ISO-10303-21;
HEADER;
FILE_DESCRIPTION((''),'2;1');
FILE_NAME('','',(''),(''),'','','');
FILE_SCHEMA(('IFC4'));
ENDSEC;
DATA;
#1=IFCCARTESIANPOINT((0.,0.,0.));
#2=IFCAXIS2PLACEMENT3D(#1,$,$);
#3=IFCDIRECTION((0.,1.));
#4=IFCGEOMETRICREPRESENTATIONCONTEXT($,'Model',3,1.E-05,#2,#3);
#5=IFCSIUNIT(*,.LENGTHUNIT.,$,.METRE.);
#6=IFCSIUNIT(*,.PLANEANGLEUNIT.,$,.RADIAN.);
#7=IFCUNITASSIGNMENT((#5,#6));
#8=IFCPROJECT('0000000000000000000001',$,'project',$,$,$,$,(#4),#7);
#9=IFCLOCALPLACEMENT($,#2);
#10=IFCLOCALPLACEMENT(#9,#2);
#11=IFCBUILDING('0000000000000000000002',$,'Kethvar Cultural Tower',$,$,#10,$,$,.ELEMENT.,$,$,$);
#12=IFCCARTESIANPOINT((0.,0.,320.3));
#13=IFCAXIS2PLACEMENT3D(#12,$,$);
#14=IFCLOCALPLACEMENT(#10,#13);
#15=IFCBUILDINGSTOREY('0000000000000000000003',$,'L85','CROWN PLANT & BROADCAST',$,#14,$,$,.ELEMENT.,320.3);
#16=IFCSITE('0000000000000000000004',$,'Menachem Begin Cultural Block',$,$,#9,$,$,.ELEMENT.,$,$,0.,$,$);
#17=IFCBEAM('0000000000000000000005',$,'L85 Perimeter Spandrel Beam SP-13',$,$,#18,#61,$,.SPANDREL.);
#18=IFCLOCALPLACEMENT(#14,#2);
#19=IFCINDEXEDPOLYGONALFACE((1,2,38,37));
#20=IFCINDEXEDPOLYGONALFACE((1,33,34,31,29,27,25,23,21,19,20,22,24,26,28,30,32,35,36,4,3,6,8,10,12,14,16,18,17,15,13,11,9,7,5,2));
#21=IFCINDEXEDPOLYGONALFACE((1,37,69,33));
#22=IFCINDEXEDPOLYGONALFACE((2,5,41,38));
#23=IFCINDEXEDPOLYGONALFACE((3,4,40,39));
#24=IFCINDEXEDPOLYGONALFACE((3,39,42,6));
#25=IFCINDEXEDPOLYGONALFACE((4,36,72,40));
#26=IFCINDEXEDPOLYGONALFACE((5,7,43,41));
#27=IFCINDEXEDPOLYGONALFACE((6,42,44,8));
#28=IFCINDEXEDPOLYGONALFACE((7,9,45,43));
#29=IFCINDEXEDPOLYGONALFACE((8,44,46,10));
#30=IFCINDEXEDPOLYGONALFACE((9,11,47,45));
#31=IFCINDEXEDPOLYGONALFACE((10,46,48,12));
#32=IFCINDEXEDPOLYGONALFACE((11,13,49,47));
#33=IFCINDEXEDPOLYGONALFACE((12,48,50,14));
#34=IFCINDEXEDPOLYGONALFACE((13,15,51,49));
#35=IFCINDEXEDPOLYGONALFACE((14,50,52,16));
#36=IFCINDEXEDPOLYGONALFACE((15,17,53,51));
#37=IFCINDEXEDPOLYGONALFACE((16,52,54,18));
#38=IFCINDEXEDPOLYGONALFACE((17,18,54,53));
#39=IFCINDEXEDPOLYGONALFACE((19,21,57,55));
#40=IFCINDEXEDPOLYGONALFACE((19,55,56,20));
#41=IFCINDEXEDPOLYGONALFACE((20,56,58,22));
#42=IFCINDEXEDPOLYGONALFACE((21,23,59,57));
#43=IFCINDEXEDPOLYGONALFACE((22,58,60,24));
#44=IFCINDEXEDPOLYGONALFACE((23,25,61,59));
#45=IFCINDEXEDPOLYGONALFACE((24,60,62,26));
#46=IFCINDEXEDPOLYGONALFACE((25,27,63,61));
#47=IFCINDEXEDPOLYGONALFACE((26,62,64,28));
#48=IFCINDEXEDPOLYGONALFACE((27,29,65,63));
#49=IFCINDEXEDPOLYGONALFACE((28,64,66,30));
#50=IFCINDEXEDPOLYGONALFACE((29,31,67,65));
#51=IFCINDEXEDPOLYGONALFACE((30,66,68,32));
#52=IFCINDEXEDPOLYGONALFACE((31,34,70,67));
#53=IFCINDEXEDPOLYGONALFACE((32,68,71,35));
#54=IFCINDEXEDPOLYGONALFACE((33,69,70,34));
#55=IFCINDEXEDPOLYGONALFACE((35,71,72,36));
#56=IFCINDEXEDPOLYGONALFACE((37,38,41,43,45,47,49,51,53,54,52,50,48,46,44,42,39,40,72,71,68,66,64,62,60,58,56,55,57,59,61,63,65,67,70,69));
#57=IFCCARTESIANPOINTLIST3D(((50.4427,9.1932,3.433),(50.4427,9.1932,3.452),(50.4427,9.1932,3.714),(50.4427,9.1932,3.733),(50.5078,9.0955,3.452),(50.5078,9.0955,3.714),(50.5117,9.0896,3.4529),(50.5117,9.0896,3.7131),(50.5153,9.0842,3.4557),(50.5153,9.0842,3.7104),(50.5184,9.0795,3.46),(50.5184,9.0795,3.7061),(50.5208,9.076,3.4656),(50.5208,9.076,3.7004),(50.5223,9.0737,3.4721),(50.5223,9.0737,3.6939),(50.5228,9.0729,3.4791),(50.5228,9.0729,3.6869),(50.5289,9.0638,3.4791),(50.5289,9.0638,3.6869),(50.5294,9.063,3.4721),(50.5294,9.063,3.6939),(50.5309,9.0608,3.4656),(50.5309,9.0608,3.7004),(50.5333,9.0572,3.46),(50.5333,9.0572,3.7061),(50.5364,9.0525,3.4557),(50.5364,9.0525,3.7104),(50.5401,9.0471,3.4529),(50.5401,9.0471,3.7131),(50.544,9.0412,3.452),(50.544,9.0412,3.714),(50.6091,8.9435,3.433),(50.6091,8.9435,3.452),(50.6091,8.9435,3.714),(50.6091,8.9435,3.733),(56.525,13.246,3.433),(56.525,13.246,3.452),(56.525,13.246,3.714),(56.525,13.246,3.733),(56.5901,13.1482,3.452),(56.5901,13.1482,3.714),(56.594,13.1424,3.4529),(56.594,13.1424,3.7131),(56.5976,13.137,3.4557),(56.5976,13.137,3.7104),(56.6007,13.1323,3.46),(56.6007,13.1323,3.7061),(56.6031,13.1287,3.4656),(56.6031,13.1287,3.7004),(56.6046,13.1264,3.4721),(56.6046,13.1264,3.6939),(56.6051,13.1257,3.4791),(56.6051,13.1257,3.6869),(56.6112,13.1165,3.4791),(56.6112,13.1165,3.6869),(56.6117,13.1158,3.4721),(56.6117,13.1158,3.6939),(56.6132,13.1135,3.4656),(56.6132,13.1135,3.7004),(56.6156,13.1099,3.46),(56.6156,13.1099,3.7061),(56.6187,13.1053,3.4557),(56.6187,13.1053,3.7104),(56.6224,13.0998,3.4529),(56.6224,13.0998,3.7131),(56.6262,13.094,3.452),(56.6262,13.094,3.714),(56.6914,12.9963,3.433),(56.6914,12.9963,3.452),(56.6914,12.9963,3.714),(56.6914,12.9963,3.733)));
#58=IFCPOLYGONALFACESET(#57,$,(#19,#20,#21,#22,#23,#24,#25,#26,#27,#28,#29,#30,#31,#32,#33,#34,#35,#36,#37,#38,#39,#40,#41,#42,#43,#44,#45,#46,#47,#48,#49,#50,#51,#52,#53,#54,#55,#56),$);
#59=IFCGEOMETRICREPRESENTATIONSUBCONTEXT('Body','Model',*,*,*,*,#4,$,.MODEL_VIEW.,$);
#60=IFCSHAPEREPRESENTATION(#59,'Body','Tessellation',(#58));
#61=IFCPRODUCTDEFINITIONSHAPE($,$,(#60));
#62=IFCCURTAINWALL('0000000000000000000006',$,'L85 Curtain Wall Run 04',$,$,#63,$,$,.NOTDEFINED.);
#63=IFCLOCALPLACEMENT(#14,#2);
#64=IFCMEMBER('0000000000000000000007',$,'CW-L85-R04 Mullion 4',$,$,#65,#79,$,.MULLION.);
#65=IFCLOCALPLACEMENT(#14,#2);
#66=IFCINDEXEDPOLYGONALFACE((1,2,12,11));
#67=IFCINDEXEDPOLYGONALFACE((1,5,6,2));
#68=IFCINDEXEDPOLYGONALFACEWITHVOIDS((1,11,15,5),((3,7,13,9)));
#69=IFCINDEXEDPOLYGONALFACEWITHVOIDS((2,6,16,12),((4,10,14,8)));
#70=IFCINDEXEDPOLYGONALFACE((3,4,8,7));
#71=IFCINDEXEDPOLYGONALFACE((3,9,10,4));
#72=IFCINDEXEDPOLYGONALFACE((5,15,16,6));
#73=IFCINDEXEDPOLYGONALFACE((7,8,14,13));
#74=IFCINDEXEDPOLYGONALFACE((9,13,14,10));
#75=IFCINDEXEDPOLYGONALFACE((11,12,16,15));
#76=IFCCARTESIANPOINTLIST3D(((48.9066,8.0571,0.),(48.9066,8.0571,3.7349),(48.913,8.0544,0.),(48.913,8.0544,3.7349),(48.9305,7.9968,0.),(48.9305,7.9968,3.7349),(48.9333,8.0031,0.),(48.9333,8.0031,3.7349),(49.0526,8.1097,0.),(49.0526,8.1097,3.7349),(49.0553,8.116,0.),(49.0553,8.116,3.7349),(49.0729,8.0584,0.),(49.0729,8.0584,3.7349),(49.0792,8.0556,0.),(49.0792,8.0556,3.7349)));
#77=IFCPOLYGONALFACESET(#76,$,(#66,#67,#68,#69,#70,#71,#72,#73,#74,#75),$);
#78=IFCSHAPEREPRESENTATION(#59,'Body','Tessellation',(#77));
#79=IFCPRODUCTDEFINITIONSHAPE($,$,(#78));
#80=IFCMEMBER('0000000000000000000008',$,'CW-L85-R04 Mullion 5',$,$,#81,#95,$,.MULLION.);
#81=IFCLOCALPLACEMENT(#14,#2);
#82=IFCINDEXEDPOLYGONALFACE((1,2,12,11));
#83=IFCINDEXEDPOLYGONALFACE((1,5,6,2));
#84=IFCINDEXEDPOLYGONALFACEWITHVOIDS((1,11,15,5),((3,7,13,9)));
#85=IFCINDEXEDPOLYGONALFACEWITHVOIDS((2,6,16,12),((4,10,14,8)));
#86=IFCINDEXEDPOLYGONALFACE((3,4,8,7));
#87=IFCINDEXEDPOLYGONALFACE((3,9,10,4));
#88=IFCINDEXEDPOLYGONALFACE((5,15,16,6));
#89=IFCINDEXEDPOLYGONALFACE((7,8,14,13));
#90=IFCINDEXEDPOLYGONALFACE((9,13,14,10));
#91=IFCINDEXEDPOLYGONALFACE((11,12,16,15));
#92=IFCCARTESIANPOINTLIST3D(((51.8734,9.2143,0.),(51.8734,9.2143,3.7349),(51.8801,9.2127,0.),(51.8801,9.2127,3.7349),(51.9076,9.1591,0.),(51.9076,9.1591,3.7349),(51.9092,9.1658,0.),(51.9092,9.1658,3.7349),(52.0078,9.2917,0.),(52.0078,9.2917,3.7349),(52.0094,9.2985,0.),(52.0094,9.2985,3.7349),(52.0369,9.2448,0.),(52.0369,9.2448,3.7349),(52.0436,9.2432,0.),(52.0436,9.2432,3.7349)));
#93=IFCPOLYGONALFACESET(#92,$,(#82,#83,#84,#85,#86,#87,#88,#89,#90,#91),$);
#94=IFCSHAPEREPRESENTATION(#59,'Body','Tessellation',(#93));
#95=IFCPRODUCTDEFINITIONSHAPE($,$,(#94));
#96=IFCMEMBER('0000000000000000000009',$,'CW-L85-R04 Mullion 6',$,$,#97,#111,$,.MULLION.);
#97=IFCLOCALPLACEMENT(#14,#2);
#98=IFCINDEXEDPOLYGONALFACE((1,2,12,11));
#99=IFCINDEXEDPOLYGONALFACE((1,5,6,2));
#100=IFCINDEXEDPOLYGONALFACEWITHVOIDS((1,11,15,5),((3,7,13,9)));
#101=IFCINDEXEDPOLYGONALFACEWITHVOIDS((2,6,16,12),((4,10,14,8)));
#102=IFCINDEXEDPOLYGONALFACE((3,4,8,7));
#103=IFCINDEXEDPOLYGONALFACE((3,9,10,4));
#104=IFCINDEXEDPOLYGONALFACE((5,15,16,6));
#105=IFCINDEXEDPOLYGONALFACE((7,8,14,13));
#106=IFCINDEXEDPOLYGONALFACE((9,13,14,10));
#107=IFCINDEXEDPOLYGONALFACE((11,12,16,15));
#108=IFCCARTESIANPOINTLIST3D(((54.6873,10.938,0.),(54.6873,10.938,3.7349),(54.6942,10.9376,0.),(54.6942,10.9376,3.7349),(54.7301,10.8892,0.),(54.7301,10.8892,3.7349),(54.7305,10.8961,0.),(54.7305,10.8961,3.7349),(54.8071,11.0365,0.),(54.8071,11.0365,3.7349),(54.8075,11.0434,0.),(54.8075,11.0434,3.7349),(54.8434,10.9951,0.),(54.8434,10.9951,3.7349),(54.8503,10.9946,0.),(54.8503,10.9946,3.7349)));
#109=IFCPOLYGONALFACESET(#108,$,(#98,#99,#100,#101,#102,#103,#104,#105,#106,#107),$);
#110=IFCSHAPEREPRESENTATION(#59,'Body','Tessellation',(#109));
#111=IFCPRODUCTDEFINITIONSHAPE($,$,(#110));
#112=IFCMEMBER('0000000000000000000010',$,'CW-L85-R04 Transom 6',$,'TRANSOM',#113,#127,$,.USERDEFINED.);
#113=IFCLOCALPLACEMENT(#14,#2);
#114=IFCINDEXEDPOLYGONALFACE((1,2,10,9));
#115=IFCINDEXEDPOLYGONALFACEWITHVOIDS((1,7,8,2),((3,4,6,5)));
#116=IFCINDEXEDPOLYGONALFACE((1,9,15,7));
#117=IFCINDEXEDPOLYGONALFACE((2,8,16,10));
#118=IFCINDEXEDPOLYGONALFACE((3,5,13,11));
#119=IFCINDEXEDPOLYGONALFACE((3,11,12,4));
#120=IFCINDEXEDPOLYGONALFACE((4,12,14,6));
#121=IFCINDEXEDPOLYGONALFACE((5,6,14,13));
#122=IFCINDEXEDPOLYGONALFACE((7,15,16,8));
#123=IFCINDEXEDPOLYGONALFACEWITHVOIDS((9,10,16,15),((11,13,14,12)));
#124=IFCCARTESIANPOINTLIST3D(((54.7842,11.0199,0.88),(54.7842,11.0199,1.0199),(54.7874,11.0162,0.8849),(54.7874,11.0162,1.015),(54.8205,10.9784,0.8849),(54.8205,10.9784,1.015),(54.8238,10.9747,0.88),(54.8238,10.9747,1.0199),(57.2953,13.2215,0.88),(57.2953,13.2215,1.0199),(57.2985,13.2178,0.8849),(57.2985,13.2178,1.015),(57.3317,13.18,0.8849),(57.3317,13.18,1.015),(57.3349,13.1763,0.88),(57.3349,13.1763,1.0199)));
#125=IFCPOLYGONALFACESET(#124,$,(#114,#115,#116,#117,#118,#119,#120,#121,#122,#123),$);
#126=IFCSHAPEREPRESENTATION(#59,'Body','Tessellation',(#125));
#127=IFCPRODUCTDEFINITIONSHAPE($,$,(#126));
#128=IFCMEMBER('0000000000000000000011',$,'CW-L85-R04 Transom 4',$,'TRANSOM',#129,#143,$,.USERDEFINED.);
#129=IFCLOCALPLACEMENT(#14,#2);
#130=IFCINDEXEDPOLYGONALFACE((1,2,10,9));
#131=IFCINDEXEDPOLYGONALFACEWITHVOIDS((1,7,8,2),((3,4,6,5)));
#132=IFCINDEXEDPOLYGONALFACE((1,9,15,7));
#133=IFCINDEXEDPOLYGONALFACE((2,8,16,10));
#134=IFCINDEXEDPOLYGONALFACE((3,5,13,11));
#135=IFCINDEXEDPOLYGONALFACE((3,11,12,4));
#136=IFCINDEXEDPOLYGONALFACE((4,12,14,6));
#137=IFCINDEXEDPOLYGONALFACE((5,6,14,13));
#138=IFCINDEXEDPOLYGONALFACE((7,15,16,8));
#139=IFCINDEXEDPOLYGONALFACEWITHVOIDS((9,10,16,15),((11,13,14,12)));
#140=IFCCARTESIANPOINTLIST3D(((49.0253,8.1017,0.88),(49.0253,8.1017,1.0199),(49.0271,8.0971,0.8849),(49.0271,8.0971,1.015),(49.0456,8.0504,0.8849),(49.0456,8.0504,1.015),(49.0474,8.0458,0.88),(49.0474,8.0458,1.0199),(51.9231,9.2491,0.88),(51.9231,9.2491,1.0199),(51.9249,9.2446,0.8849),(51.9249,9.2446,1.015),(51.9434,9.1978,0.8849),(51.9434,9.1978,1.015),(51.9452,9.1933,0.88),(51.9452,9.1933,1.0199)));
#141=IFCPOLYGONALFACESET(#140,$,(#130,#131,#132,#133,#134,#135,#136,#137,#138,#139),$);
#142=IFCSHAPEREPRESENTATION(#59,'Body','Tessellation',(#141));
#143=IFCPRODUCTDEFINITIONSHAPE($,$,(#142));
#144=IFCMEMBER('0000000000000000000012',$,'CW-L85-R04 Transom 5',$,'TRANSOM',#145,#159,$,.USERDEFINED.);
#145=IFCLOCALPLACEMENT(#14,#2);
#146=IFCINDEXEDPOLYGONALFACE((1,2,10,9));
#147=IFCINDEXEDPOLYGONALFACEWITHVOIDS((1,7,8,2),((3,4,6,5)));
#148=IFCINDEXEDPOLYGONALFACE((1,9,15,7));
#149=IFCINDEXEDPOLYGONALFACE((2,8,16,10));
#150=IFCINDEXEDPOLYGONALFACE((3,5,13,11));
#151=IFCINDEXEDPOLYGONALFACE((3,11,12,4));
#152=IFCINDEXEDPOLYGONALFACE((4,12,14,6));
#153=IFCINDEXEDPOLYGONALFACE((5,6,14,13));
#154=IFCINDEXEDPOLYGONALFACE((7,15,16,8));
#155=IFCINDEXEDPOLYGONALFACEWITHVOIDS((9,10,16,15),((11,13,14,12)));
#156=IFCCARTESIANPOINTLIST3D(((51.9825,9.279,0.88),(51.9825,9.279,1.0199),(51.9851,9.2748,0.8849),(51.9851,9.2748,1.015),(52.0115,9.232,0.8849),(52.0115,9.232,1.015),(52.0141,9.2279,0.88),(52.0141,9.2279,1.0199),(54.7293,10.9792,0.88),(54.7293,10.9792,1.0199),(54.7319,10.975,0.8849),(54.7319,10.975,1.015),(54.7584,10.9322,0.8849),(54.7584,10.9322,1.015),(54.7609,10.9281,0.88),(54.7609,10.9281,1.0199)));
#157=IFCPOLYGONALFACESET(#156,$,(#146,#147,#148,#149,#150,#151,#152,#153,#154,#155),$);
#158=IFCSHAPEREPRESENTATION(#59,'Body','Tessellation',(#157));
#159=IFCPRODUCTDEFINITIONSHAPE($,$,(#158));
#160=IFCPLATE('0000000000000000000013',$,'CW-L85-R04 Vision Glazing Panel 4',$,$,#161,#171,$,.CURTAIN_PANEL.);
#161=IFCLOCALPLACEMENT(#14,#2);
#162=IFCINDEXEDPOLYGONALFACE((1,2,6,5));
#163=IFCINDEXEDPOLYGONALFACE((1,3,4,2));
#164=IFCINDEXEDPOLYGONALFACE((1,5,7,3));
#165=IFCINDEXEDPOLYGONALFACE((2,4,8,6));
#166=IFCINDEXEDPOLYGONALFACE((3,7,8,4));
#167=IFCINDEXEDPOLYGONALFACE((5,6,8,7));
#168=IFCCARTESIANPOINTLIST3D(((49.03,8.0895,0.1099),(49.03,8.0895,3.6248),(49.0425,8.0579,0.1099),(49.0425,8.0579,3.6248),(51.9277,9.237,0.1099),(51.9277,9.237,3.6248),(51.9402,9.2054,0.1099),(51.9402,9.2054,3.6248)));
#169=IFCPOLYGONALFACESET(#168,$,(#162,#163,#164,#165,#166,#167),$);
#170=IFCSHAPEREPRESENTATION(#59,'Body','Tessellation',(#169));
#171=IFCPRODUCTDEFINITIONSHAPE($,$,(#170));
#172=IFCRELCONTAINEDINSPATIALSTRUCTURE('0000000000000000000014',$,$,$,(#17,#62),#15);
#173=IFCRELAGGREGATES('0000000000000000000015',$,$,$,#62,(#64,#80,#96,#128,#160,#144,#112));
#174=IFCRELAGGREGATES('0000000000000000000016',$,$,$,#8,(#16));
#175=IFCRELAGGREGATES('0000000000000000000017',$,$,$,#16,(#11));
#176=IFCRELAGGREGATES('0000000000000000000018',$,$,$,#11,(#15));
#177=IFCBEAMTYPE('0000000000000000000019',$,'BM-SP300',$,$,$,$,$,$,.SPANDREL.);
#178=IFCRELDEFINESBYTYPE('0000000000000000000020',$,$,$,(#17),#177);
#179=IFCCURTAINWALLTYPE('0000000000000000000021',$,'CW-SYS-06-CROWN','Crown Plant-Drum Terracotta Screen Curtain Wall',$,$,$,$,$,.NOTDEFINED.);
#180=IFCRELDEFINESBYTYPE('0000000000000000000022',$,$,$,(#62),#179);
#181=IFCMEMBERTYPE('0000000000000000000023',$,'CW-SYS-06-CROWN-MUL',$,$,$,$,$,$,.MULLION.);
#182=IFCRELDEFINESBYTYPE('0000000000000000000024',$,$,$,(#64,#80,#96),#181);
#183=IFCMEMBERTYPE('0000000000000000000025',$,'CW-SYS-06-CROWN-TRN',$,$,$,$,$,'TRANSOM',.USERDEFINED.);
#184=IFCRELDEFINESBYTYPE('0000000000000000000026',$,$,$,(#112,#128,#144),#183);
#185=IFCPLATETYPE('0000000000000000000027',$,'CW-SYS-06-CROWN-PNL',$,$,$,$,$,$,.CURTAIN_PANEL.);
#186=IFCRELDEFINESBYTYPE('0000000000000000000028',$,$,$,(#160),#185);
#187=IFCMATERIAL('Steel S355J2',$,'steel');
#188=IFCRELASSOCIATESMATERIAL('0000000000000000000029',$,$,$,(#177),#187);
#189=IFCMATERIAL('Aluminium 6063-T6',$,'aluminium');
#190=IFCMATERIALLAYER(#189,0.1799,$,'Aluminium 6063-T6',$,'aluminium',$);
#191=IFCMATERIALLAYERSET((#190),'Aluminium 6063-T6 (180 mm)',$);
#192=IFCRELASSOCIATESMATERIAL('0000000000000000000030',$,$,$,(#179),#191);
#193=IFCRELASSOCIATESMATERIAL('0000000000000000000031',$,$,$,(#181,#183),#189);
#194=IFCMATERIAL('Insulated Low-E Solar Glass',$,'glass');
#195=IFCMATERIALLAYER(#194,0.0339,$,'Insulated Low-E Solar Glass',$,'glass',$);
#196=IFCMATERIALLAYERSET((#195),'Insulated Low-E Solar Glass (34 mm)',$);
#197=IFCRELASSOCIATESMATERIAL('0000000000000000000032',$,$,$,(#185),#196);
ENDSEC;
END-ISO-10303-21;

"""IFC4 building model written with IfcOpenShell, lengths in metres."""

from ifc_helpers import new_model, si_unit, direction, frame, origin, origin_2d, place, context, subcontext, project, spatial, rectangle, hollow_rectangle, i_section, extrude, source, transform, mapped, material, layer, layer_set, material_profile, profile_set, type_object, element, aggregate, save


model = new_model("IFC4")

# Units and contexts
model_context = context("Model", 3, precision=1e-05, world=origin(), true_north=direction((0.0, 1.0)))
body_context = subcontext(model_context, "Body", "Model", "MODEL_VIEW")
ifc_project = project(units=[si_unit("LENGTHUNIT", "METRE"), si_unit("PLANEANGLEUNIT", "RADIAN")], contexts=[model_context])

# Site, building, storey
site_placement = place(None, origin())
site = spatial("IfcSite", under=ifc_project, at=site_placement, Name="Menachem Begin Cultural Block", CompositionType="ELEMENT", RefElevation=0.0)
building_placement = place(site_placement, origin())
building = spatial("IfcBuilding", under=site, at=building_placement, Name="Kethvar Cultural Tower", CompositionType="ELEMENT")
storey_placement = place(building_placement, frame((0.0, 0.0, 320.3)))
storey = spatial("IfcBuildingStorey", under=building, at=storey_placement, Name="L85", Description="CROWN PLANT & BROADCAST", CompositionType="ELEMENT", Elevation=320.3)

# Shared definitions
ifc_material_1 = material(Name="Steel S355J2", Category="steel")

# Beam
ifc_material_profile_1 = material_profile(ifc_material_1, i_section(OverallWidth=0.3, OverallDepth=0.3, WebThickness=0.011, FlangeThickness=0.019, FilletRadius=0.0271, at=origin_2d()), Name="Steel S355J2 — HEB300")
ifc_profile_set_1 = profile_set([ifc_material_profile_1], Name="Steel S355J2 — HEB300")
beam_type_1 = type_object("IfcBeamType", Name="BM-SP300", PredefinedType="SPANDREL", material=ifc_profile_set_1)
shared_shape_1 = source(origin(), body_context, "Body", "SweptSolid", [
    extrude(i_section(OverallWidth=0.3, OverallDepth=0.3, WebThickness=0.011, FlangeThickness=0.019, FilletRadius=0.0271, at=origin_2d()), origin(), (0.0, 0.0, 1.0), 7.3088),
])
beam_1_placement = place(storey_placement, frame((50.5259, 9.0684, 3.583), z_axis=(0.832184, 0.5545, 0.0), x_axis=(-0.5545, 0.832184, 0.0)))
element("IfcBeam", 1, at=beam_1_placement, inside=storey, type_object=beam_type_1, Name="L85 Perimeter Spandrel Beam SP-13", PredefinedType="SPANDREL", context=body_context, shape_type="MappedRepresentation", body=[
    mapped(shared_shape_1, transform((0.0, 0.0, 0.0), scale=1.0)),
])

# Curtain wall, members, plate
ifc_material_2 = material(Name="Aluminium 6063-T6", Category="aluminium")
ifc_layer_1 = layer(ifc_material_2, 0.1799, Name="Aluminium 6063-T6", Category="aluminium")
ifc_layer_set_1 = layer_set([ifc_layer_1], Name="Aluminium 6063-T6 (180 mm)")
curtain_wall_type = type_object("IfcCurtainWallType", Name="CW-SYS-06-CROWN", Description="Crown Plant-Drum Terracotta Screen Curtain Wall", PredefinedType="NOTDEFINED", material=ifc_layer_set_1)
curtain_wall_placement = place(storey_placement, origin())
curtain_wall = element("IfcCurtainWall", 2, at=curtain_wall_placement, inside=storey, type_object=curtain_wall_type, Name="L85 Curtain Wall Run 04", PredefinedType="NOTDEFINED")
ifc_material_profile_2 = material_profile(ifc_material_2, hollow_rectangle(XDim=0.0649, YDim=0.1599, WallThickness=0.0049, at=origin_2d()), Name="Aluminium 6063-T6 — RHS160x65x5")
ifc_profile_set_2 = profile_set([ifc_material_profile_2], Name="Aluminium 6063-T6 — RHS160x65x5")
member_type_1 = type_object("IfcMemberType", Name="CW-SYS-06-CROWN-MUL", PredefinedType="MULLION", material=ifc_profile_set_2)
shared_shape_2 = source(origin(), body_context, "Body", "SweptSolid", [
    extrude(hollow_rectangle(XDim=0.0649, YDim=0.1599, WallThickness=0.0049, at=origin_2d()), origin(), (0.0, 0.0, 1.0), 3.7349),
])
member_1_placement = place(storey_placement, frame((48.9929, 8.0564, 0.0), z_axis=(0.0, 0.0, 1.0), x_axis=(-0.368173, 0.929757, 0.0)))
member_1 = element("IfcMember", 3, at=member_1_placement, type_object=member_type_1, Name="CW-L85-R04 Mullion 4", PredefinedType="MULLION", context=body_context, shape_type="MappedRepresentation", body=[
    mapped(shared_shape_2, transform((0.0, 0.0, 0.0), scale=1.0)),
])
member_2_placement = place(storey_placement, frame((51.9585, 9.2288, 0.0), z_axis=(0.0, 0.0, 1.0), x_axis=(-0.526303, 0.850297, 0.0)))
member_2 = element("IfcMember", 4, at=member_2_placement, type_object=member_type_1, Name="CW-L85-R04 Mullion 5", PredefinedType="MULLION", context=body_context, shape_type="MappedRepresentation", body=[
    mapped(shared_shape_2, transform((0.0, 0.0, 0.0), scale=1.0)),
])
member_3_placement = place(storey_placement, frame((54.7688, 10.9663, 0.0), z_axis=(0.0, 0.0, 1.0), x_axis=(-0.659267, 0.751909, 0.0)))
member_3 = element("IfcMember", 5, at=member_3_placement, type_object=member_type_1, Name="CW-L85-R04 Mullion 6", PredefinedType="MULLION", context=body_context, shape_type="MappedRepresentation", body=[
    mapped(shared_shape_2, transform((0.0, 0.0, 0.0), scale=1.0)),
])
ifc_material_profile_3 = material_profile(ifc_material_2, hollow_rectangle(XDim=0.0601, YDim=0.1399, WallThickness=0.0049, at=origin_2d()), Name="Aluminium 6063-T6 — RHS140x60x5")
ifc_profile_set_3 = profile_set([ifc_material_profile_3], Name="Aluminium 6063-T6 — RHS140x60x5")
member_type_2 = type_object("IfcMemberType", Name="CW-SYS-06-CROWN-TRN", ElementType="TRANSOM", PredefinedType="USERDEFINED", material=ifc_profile_set_3)
shared_shape_3 = source(origin(), body_context, "Body", "SweptSolid", [
    extrude(hollow_rectangle(XDim=0.0601, YDim=0.1399, WallThickness=0.0049, at=origin_2d()), origin(), (0.0, 0.0, 1.0), 3.3396),
])
member_4_placement = place(storey_placement, frame((54.804, 10.9973, 0.95), z_axis=(0.751933, 0.659239, 0.0), x_axis=(-0.659239, 0.751933, 0.0)))
member_4 = element("IfcMember", 6, at=member_4_placement, type_object=member_type_2, Name="CW-L85-R04 Transom 6", ObjectType="TRANSOM", PredefinedType="USERDEFINED", context=body_context, shape_type="MappedRepresentation", body=[
    mapped(shared_shape_3, transform((0.0, 0.0, 0.0), scale=1.0)),
])
shared_shape_4 = source(origin(), body_context, "Body", "SweptSolid", [
    extrude(hollow_rectangle(XDim=0.0601, YDim=0.1399, WallThickness=0.0049, at=origin_2d()), origin(), (0.0, 0.0, 1.0), 3.1167),
])
member_5_placement = place(storey_placement, frame((49.0364, 8.0737, 0.95), z_axis=(0.929757, 0.368174, 0.0), x_axis=(-0.368174, 0.929757, 0.0)))
member_5 = element("IfcMember", 7, at=member_5_placement, type_object=member_type_2, Name="CW-L85-R04 Transom 4", ObjectType="TRANSOM", PredefinedType="USERDEFINED", context=body_context, shape_type="MappedRepresentation", body=[
    mapped(shared_shape_4, transform((0.0, 0.0, 0.0), scale=1.0)),
])
shared_shape_5 = source(origin(), body_context, "Body", "SweptSolid", [
    extrude(hollow_rectangle(XDim=0.0601, YDim=0.1399, WallThickness=0.0049, at=origin_2d()), origin(), (0.0, 0.0, 1.0), 3.2305),
])
member_6_placement = place(storey_placement, frame((51.9983, 9.2534, 0.95), z_axis=(0.850296, 0.526305, 0.0), x_axis=(-0.526305, 0.850296, 0.0)))
member_6 = element("IfcMember", 8, at=member_6_placement, type_object=member_type_2, Name="CW-L85-R04 Transom 5", ObjectType="TRANSOM", PredefinedType="USERDEFINED", context=body_context, shape_type="MappedRepresentation", body=[
    mapped(shared_shape_5, transform((0.0, 0.0, 0.0), scale=1.0)),
])
ifc_material_3 = material(Name="Insulated Low-E Solar Glass", Category="glass")
ifc_layer_2 = layer(ifc_material_3, 0.0339, Name="Insulated Low-E Solar Glass", Category="glass")
ifc_layer_set_2 = layer_set([ifc_layer_2], Name="Insulated Low-E Solar Glass (34 mm)")
plate_type = type_object("IfcPlateType", Name="CW-SYS-06-CROWN-PNL", PredefinedType="CURTAIN_PANEL", material=ifc_layer_set_2)
shared_shape_6 = source(origin(), body_context, "Body", "SweptSolid", [
    extrude(rectangle(XDim=3.1167, YDim=0.0339, at=origin_2d()), origin(), (0.0, 0.0, 1.0), 3.5149),
])
plate_1_placement = place(storey_placement, frame((50.4851, 8.6475, 0.1099), z_axis=(0.0, 0.0, 1.0), x_axis=(0.929757, 0.368173, 0.0)))
plate_1 = element("IfcPlate", 9, at=plate_1_placement, type_object=plate_type, Name="CW-L85-R04 Vision Glazing Panel 4", PredefinedType="CURTAIN_PANEL", context=body_context, shape_type="MappedRepresentation", body=[
    mapped(shared_shape_6, transform((0.0, 0.0, 0.0), scale=1.0)),
])
aggregate(curtain_wall, [member_1, member_2, member_3, member_5, plate_1, member_6, member_4])

save(model, "model.ifc")
